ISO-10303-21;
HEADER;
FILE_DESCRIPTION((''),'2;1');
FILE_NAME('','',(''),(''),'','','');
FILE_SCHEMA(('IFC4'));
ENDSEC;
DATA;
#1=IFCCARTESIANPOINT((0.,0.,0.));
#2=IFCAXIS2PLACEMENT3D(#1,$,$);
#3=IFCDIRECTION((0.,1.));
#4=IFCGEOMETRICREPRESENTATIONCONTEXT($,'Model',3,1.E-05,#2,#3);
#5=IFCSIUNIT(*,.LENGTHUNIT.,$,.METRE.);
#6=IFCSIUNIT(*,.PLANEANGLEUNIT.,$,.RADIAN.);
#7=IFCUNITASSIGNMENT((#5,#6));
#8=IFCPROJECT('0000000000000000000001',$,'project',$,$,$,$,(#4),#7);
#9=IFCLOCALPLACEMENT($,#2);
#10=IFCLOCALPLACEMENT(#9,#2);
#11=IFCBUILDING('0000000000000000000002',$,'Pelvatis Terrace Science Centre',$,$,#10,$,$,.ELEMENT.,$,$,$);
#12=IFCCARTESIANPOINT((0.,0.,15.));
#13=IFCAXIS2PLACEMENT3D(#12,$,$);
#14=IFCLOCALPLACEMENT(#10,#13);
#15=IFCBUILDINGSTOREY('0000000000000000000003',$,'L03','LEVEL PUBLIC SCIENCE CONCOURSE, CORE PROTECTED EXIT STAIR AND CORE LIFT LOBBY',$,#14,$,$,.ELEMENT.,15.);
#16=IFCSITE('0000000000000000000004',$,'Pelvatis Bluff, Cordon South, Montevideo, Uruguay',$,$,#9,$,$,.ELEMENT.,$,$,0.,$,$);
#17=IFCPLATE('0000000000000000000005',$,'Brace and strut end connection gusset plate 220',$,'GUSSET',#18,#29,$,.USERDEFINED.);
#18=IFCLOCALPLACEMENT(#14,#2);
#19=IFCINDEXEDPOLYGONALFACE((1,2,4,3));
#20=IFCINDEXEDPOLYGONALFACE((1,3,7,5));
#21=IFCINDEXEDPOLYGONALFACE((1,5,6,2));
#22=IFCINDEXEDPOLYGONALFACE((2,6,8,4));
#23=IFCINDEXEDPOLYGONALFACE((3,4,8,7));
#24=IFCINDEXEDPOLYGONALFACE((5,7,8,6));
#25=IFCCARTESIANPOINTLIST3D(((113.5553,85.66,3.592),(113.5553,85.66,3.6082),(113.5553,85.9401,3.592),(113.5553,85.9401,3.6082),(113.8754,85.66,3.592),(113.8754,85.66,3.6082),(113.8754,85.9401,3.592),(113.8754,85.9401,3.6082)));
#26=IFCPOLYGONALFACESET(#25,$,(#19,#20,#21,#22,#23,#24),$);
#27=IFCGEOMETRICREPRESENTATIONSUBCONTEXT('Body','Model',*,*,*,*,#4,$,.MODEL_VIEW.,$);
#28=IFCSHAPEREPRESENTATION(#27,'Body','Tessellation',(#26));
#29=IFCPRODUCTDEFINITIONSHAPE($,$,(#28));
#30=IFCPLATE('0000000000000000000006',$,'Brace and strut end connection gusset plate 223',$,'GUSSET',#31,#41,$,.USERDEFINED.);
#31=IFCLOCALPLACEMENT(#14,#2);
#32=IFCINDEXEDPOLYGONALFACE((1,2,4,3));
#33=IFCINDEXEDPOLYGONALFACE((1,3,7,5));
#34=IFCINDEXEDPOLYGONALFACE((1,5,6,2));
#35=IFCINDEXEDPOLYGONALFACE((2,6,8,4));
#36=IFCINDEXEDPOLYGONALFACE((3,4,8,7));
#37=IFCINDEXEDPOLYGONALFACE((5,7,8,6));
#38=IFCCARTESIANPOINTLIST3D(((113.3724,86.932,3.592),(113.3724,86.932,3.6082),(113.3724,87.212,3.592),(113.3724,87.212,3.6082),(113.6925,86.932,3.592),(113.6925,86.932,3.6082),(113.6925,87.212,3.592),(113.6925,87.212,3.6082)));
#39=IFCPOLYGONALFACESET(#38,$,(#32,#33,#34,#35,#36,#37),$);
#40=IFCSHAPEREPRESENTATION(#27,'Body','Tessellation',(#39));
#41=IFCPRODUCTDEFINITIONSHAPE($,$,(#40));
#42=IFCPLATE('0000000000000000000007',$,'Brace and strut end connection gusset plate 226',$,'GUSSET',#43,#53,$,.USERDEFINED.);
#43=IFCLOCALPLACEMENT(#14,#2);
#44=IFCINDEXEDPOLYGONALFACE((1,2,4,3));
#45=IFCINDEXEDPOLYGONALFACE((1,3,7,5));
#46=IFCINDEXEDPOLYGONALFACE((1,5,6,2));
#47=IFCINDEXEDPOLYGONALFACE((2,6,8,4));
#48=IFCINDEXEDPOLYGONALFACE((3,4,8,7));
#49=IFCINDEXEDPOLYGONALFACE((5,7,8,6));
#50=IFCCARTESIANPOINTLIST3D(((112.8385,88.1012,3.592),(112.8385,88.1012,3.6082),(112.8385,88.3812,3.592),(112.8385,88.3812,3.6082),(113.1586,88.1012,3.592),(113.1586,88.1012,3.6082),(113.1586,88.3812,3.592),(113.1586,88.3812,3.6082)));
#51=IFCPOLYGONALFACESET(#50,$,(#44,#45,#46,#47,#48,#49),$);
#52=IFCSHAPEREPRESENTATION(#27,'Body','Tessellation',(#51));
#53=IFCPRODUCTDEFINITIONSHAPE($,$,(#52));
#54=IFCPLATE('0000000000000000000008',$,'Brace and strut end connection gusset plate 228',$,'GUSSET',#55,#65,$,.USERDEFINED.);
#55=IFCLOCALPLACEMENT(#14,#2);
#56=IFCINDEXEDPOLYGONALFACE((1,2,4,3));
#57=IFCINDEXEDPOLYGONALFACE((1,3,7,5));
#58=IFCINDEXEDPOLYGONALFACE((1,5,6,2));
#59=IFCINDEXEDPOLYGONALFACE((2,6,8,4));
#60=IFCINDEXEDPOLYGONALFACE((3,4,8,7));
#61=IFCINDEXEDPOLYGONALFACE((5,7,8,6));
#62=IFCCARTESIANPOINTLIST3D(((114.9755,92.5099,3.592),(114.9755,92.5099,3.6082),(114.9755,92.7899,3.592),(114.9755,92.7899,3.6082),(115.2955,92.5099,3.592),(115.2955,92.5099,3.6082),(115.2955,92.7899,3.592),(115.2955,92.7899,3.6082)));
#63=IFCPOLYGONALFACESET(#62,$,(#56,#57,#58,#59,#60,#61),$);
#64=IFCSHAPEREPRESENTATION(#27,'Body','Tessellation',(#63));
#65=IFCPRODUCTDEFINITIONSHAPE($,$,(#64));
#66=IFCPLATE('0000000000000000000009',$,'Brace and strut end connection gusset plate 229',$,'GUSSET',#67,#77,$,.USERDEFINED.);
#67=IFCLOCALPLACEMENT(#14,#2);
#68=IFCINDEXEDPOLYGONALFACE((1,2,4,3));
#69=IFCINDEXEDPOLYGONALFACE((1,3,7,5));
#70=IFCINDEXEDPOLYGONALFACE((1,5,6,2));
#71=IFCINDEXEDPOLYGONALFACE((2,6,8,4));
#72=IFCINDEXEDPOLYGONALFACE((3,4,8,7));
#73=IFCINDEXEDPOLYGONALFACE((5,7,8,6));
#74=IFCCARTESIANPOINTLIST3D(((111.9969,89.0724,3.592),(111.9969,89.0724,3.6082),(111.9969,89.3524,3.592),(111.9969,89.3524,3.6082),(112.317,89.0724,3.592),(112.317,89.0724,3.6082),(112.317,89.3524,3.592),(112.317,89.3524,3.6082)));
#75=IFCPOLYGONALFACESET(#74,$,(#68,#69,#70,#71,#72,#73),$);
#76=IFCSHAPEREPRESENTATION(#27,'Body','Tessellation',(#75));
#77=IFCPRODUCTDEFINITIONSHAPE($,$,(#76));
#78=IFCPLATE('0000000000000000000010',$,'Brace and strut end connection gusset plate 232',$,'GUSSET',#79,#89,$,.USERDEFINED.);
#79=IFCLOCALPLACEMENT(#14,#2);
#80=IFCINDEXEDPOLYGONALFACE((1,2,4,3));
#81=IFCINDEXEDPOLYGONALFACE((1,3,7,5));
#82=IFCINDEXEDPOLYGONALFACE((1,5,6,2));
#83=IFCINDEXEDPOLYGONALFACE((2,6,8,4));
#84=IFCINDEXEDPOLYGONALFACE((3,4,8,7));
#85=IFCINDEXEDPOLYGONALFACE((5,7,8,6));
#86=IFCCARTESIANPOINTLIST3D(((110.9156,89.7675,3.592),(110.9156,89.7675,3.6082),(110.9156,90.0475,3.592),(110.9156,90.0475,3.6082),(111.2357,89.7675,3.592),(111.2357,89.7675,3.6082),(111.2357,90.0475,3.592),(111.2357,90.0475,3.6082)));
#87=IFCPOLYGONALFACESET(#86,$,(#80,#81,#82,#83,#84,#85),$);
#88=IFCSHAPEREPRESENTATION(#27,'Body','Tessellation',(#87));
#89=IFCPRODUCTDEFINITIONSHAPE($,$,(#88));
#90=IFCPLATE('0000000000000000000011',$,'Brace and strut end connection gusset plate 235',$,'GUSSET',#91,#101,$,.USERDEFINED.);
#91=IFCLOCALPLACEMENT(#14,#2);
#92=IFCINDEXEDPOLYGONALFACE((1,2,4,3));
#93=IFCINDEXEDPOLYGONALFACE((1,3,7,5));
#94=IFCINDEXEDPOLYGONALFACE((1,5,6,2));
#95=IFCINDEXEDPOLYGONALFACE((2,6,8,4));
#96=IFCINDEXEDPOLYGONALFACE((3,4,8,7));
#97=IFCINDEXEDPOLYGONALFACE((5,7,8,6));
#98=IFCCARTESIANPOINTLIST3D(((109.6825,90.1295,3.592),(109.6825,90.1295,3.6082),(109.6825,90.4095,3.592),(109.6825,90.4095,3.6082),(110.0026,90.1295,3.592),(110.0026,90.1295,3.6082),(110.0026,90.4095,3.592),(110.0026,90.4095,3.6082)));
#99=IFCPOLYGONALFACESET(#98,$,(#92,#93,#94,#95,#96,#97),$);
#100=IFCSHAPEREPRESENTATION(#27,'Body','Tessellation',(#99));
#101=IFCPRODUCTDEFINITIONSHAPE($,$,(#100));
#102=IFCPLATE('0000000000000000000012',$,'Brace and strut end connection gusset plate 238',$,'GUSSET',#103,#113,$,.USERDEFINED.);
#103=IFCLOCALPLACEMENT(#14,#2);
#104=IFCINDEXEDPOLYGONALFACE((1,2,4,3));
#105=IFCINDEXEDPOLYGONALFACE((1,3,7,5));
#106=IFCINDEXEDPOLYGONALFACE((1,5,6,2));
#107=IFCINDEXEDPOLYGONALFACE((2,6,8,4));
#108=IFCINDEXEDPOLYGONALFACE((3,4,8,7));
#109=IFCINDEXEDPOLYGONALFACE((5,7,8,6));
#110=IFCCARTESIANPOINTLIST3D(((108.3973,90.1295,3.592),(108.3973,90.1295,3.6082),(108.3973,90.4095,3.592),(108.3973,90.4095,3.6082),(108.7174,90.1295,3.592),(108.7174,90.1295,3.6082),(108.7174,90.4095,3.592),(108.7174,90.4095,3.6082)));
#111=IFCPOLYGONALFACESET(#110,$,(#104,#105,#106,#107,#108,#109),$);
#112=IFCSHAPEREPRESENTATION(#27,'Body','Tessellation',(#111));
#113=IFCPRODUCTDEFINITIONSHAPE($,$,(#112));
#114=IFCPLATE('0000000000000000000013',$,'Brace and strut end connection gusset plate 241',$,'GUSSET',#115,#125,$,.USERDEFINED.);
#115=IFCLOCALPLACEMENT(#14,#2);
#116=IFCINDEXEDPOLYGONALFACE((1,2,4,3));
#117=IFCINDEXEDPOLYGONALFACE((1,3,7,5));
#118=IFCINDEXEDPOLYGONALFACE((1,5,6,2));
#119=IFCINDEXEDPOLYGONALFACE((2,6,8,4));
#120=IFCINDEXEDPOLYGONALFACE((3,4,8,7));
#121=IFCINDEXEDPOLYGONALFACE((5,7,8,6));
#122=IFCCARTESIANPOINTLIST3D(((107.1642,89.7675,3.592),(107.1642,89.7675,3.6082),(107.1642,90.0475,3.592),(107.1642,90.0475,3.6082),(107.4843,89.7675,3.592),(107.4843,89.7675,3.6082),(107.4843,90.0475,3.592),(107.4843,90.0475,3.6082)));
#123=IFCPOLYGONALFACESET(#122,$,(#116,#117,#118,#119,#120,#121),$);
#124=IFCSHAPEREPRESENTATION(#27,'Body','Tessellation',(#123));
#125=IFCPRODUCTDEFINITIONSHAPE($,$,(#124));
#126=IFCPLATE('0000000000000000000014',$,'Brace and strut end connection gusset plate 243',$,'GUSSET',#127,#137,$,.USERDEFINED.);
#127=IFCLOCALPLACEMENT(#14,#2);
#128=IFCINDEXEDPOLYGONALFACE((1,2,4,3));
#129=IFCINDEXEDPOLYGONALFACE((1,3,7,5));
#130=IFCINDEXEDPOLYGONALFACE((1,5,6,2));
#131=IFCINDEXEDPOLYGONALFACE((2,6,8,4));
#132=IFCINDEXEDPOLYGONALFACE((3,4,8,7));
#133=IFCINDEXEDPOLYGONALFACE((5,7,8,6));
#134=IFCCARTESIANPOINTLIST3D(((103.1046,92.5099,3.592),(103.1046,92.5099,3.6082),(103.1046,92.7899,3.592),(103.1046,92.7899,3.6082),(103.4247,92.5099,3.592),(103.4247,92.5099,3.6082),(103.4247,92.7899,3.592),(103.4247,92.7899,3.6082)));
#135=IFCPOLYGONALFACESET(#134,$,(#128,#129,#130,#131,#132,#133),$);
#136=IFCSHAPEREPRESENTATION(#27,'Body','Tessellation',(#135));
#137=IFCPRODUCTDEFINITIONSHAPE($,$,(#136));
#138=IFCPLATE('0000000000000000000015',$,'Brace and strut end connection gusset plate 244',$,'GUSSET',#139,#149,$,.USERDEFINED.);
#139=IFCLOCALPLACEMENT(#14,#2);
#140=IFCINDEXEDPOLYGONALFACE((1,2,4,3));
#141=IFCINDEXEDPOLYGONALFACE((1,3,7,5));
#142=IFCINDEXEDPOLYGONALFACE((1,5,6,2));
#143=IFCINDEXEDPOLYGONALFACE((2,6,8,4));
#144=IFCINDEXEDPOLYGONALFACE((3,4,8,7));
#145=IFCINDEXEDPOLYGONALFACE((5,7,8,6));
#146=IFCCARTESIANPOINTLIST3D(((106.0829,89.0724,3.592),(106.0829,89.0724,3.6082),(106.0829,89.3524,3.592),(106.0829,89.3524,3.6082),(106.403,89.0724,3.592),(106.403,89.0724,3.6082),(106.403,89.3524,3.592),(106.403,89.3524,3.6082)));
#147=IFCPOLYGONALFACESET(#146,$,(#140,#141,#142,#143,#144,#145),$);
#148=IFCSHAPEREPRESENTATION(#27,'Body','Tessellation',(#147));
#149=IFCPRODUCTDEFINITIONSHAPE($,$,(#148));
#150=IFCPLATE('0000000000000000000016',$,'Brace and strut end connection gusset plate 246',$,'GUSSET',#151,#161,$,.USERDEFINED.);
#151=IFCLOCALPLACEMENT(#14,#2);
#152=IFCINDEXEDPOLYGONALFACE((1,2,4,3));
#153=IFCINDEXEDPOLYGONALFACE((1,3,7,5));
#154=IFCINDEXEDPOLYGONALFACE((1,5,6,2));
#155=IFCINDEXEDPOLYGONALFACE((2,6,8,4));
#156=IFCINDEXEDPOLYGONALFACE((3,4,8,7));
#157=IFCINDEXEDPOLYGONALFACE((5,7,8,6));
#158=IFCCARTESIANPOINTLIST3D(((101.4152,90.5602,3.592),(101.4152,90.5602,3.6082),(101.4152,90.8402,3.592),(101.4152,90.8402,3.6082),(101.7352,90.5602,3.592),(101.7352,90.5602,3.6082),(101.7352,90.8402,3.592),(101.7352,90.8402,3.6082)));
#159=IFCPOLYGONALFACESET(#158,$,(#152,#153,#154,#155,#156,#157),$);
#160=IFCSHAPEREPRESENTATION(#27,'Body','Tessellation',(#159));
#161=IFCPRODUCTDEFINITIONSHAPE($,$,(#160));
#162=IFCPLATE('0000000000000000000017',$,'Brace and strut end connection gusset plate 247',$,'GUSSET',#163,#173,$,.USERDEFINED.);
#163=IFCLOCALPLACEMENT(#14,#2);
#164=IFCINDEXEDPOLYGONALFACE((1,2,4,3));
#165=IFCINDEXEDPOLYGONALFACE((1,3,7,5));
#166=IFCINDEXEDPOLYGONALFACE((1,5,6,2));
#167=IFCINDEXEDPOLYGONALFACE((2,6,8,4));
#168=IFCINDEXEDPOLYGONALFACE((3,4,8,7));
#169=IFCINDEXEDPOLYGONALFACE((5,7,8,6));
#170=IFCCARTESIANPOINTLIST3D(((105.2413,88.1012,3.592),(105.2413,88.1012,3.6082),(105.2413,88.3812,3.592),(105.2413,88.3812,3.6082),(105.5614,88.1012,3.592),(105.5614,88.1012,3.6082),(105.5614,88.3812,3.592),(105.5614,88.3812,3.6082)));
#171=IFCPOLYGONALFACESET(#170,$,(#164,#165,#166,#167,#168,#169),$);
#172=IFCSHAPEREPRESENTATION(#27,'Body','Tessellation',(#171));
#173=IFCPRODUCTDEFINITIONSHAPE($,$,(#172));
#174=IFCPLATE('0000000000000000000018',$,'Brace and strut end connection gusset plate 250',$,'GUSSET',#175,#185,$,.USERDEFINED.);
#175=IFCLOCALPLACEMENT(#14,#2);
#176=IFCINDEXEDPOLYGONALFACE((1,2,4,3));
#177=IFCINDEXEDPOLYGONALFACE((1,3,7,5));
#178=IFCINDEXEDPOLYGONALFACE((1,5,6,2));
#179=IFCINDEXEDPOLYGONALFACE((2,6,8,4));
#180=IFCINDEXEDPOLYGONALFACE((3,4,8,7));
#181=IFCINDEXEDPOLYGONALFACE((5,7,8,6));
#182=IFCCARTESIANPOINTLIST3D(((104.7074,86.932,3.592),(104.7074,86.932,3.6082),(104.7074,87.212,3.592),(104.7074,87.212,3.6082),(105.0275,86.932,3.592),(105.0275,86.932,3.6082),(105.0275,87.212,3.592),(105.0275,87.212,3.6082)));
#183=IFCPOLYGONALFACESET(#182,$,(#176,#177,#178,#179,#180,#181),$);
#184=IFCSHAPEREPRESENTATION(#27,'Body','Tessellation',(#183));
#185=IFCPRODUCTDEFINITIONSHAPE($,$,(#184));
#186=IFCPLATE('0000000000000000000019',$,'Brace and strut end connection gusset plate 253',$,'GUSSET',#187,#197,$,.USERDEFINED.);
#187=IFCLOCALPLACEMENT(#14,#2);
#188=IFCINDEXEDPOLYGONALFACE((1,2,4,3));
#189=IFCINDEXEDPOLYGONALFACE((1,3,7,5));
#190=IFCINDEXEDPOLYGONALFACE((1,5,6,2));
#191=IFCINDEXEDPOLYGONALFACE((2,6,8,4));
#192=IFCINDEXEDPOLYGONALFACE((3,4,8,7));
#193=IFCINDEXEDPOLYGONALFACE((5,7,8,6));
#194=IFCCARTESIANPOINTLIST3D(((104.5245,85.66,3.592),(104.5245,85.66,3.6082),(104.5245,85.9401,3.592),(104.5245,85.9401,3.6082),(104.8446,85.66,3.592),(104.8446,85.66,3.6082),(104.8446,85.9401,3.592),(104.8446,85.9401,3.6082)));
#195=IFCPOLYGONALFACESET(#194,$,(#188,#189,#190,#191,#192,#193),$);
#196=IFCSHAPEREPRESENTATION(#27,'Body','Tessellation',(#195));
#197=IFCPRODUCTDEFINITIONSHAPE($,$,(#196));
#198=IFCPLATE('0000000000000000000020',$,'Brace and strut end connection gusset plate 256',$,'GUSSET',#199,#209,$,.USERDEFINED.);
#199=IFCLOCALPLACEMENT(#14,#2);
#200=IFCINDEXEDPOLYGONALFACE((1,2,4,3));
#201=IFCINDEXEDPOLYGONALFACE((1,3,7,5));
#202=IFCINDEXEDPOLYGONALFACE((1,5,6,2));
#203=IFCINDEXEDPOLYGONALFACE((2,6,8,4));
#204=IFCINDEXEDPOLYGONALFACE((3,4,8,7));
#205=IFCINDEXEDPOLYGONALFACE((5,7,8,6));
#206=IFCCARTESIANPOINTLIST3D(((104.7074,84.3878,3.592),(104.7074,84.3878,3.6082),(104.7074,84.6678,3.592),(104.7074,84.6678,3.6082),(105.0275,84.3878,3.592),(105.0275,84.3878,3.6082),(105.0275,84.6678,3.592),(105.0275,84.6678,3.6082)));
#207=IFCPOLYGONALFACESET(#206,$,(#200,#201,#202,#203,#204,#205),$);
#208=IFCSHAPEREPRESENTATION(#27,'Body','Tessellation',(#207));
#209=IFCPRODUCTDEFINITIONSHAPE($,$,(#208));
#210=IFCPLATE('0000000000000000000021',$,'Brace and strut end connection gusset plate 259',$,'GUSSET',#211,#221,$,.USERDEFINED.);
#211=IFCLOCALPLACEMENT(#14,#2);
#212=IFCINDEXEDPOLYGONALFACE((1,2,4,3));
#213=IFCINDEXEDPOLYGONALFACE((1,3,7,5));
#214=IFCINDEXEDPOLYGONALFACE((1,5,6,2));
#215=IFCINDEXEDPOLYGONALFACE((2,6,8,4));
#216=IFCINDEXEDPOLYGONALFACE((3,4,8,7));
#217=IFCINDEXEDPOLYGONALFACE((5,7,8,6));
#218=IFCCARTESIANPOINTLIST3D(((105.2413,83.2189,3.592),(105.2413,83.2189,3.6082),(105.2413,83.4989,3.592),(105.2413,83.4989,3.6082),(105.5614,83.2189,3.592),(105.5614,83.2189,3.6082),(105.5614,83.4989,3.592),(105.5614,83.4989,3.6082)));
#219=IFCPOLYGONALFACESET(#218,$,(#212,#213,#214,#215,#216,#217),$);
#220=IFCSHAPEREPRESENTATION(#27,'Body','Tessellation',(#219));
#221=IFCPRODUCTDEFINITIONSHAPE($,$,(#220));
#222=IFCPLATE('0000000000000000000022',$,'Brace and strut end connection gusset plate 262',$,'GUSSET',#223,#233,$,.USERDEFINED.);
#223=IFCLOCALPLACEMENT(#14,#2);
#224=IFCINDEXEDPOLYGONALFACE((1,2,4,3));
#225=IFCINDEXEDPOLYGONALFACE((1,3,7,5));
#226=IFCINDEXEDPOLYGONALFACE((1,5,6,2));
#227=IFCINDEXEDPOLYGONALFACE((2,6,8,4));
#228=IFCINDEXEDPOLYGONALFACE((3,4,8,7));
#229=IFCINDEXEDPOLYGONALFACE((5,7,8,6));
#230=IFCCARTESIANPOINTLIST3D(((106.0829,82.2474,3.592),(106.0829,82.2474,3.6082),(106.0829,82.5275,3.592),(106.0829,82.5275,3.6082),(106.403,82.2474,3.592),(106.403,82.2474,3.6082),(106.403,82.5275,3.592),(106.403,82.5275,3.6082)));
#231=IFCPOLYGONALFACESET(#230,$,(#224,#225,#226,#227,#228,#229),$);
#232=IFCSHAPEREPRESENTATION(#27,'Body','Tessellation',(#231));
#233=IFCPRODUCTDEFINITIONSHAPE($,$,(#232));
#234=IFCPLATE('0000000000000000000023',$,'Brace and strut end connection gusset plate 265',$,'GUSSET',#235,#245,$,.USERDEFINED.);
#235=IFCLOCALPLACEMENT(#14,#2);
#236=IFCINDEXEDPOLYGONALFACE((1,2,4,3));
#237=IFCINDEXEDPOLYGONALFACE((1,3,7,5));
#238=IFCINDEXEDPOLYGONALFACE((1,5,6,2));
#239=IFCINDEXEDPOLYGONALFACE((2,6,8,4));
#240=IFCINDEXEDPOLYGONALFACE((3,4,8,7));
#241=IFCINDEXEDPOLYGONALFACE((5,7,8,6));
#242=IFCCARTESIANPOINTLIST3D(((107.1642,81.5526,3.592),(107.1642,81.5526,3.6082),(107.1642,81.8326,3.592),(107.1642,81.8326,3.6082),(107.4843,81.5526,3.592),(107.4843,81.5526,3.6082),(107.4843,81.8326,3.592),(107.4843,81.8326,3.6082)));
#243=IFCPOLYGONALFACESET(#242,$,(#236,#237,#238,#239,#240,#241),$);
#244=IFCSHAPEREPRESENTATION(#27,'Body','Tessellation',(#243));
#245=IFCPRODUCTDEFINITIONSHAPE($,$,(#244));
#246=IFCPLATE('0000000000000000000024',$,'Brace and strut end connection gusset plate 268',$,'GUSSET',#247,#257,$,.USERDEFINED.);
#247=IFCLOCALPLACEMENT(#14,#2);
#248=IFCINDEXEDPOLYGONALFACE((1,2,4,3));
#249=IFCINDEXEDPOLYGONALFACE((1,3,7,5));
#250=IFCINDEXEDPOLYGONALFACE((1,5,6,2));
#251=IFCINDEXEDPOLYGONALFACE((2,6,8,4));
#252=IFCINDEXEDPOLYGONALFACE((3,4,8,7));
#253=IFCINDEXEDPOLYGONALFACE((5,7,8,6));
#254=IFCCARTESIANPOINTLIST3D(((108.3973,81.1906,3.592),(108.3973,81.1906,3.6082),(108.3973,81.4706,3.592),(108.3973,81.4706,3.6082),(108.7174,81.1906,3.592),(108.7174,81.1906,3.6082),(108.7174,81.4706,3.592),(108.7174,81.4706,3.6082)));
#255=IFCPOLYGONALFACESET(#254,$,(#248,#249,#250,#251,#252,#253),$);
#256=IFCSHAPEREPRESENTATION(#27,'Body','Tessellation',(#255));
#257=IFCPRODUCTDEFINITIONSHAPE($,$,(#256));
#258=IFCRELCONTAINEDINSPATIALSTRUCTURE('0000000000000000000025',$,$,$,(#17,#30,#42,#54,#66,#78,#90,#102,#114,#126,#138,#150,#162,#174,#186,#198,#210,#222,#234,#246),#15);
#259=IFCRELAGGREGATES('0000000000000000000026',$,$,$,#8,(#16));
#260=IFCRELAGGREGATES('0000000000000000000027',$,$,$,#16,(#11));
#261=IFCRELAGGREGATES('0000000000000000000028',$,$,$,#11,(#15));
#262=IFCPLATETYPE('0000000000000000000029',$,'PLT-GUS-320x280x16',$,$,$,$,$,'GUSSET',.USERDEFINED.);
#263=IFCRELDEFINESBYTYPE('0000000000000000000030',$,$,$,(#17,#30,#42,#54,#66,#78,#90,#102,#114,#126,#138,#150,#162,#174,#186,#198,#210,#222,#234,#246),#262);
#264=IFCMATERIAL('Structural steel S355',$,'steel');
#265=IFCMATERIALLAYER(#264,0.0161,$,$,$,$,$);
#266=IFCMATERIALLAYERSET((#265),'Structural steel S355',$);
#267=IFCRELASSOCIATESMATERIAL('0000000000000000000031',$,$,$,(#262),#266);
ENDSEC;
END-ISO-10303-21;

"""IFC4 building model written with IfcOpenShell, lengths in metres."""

from ifc_helpers import new_model, si_unit, direction, frame, origin, origin_2d, place, context, subcontext, project, spatial, rectangle, extrude, material, layer, layer_set, type_object, element, save


model = new_model("IFC4")

# Units and contexts
model_context = context("Model", 3, precision=1e-05, world=origin(), true_north=direction((0.0, 1.0)))
body_context = subcontext(model_context, "Body", "Model", "MODEL_VIEW")
ifc_project = project(units=[si_unit("LENGTHUNIT", "METRE"), si_unit("PLANEANGLEUNIT", "RADIAN")], contexts=[model_context])

# Site, building, storey
site_placement = place(None, origin())
site = spatial("IfcSite", under=ifc_project, at=site_placement, Name="Pelvatis Bluff, Cordon South, Montevideo, Uruguay", CompositionType="ELEMENT", RefElevation=0.0)
building_placement = place(site_placement, origin())
building = spatial("IfcBuilding", under=site, at=building_placement, Name="Pelvatis Terrace Science Centre", CompositionType="ELEMENT")
storey_placement = place(building_placement, frame((0.0, 0.0, 15.0)))
storey = spatial("IfcBuildingStorey", under=building, at=storey_placement, Name="L03", Description="LEVEL PUBLIC SCIENCE CONCOURSE, CORE PROTECTED EXIT STAIR AND CORE LIFT LOBBY", CompositionType="ELEMENT", Elevation=15.0)

# Plates
ifc_material = material(Name="Structural steel S355", Category="steel")
ifc_layer = layer(ifc_material, 0.0161)
ifc_layer_set = layer_set([ifc_layer], Name="Structural steel S355")
plate_type = type_object("IfcPlateType", Name="PLT-GUS-320x280x16", ElementType="GUSSET", PredefinedType="USERDEFINED", material=ifc_layer_set)
for number, where, z_axis, x_axis, name in (
    (1, (113.7153, 85.8, 3.592), (0.0, 0.0, 1.0), (1.0, 0.0, 0.0), "Brace and strut end connection gusset plate 220"),
    (2, (113.5325, 87.072, 3.592), (0.0, 0.0, 1.0), (1.0, 0.0, 0.0), "Brace and strut end connection gusset plate 223"),
    (3, (112.9985, 88.2412, 3.592), (0.0, 0.0, 1.0), (1.0, 0.0, 0.0), "Brace and strut end connection gusset plate 226"),
    (4, (115.1355, 92.6499, 3.592), (0.0, 0.0, 1.0), (1.0, 0.0, 0.0), "Brace and strut end connection gusset plate 228"),
    (5, (112.157, 89.2124, 3.592), (0.0, 0.0, 1.0), (1.0, 0.0, 0.0), "Brace and strut end connection gusset plate 229"),
    (6, (111.0757, 89.9075, 3.592), (0.0, 0.0, 1.0), (1.0, 0.0, 0.0), "Brace and strut end connection gusset plate 232"),
    (7, (109.8425, 90.2695, 3.592), (0.0, 0.0, 1.0), (1.0, 0.0, 0.0), "Brace and strut end connection gusset plate 235"),
    (8, (108.5574, 90.2695, 3.592), (0.0, 0.0, 1.0), (1.0, 0.0, 0.0), "Brace and strut end connection gusset plate 238"),
    (9, (107.3242, 89.9075, 3.592), (0.0, 0.0, 1.0), (1.0, 0.0, 0.0), "Brace and strut end connection gusset plate 241"),
    (10, (103.2646, 92.6499, 3.592), (0.0, 0.0, 1.0), (1.0, 0.0, 0.0), "Brace and strut end connection gusset plate 243"),
    (11, (106.2429, 89.2124, 3.592), (0.0, 0.0, 1.0), (1.0, 0.0, 0.0), "Brace and strut end connection gusset plate 244"),
    (12, (101.5752, 90.7002, 3.592), (0.0, 0.0, 1.0), (1.0, 0.0, 0.0), "Brace and strut end connection gusset plate 246"),
    (13, (105.4014, 88.2412, 3.592), (0.0, 0.0, 1.0), (1.0, 0.0, 0.0), "Brace and strut end connection gusset plate 247"),
    (14, (104.8674, 87.072, 3.592), (0.0, 0.0, 1.0), (1.0, 0.0, 0.0), "Brace and strut end connection gusset plate 250"),
    (15, (104.6846, 85.8, 3.592), (0.0, 0.0, 1.0), (1.0, 0.0, 0.0), "Brace and strut end connection gusset plate 253"),
    (16, (104.8674, 84.5278, 3.592), (0.0, 0.0, 1.0), (1.0, 0.0, 0.0), "Brace and strut end connection gusset plate 256"),
    (17, (105.4014, 83.3589, 3.592), (0.0, 0.0, 1.0), (1.0, 0.0, 0.0), "Brace and strut end connection gusset plate 259"),
    (18, (106.2429, 82.3875, 3.592), (0.0, 0.0, 1.0), (1.0, 0.0, 0.0), "Brace and strut end connection gusset plate 262"),
    (19, (107.3242, 81.6926, 3.592), (0.0, 0.0, 1.0), (1.0, 0.0, 0.0), "Brace and strut end connection gusset plate 265"),
    (20, (108.5574, 81.3306, 3.592), (0.0, 0.0, 1.0), (1.0, 0.0, 0.0), "Brace and strut end connection gusset plate 268"),
):
    element("IfcPlate", number, at=place(storey_placement, frame(where, z_axis=z_axis, x_axis=x_axis)), inside=storey, type_object=plate_type, Name=name, ObjectType="GUSSET", PredefinedType="USERDEFINED", context=body_context, shape_type="SweptSolid", body=[
        extrude(rectangle(XDim=0.3201, YDim=0.28, at=origin_2d()), origin(), (0.0, 0.0, 1.0), 0.0161),
    ])

save(model, "model.ifc")
